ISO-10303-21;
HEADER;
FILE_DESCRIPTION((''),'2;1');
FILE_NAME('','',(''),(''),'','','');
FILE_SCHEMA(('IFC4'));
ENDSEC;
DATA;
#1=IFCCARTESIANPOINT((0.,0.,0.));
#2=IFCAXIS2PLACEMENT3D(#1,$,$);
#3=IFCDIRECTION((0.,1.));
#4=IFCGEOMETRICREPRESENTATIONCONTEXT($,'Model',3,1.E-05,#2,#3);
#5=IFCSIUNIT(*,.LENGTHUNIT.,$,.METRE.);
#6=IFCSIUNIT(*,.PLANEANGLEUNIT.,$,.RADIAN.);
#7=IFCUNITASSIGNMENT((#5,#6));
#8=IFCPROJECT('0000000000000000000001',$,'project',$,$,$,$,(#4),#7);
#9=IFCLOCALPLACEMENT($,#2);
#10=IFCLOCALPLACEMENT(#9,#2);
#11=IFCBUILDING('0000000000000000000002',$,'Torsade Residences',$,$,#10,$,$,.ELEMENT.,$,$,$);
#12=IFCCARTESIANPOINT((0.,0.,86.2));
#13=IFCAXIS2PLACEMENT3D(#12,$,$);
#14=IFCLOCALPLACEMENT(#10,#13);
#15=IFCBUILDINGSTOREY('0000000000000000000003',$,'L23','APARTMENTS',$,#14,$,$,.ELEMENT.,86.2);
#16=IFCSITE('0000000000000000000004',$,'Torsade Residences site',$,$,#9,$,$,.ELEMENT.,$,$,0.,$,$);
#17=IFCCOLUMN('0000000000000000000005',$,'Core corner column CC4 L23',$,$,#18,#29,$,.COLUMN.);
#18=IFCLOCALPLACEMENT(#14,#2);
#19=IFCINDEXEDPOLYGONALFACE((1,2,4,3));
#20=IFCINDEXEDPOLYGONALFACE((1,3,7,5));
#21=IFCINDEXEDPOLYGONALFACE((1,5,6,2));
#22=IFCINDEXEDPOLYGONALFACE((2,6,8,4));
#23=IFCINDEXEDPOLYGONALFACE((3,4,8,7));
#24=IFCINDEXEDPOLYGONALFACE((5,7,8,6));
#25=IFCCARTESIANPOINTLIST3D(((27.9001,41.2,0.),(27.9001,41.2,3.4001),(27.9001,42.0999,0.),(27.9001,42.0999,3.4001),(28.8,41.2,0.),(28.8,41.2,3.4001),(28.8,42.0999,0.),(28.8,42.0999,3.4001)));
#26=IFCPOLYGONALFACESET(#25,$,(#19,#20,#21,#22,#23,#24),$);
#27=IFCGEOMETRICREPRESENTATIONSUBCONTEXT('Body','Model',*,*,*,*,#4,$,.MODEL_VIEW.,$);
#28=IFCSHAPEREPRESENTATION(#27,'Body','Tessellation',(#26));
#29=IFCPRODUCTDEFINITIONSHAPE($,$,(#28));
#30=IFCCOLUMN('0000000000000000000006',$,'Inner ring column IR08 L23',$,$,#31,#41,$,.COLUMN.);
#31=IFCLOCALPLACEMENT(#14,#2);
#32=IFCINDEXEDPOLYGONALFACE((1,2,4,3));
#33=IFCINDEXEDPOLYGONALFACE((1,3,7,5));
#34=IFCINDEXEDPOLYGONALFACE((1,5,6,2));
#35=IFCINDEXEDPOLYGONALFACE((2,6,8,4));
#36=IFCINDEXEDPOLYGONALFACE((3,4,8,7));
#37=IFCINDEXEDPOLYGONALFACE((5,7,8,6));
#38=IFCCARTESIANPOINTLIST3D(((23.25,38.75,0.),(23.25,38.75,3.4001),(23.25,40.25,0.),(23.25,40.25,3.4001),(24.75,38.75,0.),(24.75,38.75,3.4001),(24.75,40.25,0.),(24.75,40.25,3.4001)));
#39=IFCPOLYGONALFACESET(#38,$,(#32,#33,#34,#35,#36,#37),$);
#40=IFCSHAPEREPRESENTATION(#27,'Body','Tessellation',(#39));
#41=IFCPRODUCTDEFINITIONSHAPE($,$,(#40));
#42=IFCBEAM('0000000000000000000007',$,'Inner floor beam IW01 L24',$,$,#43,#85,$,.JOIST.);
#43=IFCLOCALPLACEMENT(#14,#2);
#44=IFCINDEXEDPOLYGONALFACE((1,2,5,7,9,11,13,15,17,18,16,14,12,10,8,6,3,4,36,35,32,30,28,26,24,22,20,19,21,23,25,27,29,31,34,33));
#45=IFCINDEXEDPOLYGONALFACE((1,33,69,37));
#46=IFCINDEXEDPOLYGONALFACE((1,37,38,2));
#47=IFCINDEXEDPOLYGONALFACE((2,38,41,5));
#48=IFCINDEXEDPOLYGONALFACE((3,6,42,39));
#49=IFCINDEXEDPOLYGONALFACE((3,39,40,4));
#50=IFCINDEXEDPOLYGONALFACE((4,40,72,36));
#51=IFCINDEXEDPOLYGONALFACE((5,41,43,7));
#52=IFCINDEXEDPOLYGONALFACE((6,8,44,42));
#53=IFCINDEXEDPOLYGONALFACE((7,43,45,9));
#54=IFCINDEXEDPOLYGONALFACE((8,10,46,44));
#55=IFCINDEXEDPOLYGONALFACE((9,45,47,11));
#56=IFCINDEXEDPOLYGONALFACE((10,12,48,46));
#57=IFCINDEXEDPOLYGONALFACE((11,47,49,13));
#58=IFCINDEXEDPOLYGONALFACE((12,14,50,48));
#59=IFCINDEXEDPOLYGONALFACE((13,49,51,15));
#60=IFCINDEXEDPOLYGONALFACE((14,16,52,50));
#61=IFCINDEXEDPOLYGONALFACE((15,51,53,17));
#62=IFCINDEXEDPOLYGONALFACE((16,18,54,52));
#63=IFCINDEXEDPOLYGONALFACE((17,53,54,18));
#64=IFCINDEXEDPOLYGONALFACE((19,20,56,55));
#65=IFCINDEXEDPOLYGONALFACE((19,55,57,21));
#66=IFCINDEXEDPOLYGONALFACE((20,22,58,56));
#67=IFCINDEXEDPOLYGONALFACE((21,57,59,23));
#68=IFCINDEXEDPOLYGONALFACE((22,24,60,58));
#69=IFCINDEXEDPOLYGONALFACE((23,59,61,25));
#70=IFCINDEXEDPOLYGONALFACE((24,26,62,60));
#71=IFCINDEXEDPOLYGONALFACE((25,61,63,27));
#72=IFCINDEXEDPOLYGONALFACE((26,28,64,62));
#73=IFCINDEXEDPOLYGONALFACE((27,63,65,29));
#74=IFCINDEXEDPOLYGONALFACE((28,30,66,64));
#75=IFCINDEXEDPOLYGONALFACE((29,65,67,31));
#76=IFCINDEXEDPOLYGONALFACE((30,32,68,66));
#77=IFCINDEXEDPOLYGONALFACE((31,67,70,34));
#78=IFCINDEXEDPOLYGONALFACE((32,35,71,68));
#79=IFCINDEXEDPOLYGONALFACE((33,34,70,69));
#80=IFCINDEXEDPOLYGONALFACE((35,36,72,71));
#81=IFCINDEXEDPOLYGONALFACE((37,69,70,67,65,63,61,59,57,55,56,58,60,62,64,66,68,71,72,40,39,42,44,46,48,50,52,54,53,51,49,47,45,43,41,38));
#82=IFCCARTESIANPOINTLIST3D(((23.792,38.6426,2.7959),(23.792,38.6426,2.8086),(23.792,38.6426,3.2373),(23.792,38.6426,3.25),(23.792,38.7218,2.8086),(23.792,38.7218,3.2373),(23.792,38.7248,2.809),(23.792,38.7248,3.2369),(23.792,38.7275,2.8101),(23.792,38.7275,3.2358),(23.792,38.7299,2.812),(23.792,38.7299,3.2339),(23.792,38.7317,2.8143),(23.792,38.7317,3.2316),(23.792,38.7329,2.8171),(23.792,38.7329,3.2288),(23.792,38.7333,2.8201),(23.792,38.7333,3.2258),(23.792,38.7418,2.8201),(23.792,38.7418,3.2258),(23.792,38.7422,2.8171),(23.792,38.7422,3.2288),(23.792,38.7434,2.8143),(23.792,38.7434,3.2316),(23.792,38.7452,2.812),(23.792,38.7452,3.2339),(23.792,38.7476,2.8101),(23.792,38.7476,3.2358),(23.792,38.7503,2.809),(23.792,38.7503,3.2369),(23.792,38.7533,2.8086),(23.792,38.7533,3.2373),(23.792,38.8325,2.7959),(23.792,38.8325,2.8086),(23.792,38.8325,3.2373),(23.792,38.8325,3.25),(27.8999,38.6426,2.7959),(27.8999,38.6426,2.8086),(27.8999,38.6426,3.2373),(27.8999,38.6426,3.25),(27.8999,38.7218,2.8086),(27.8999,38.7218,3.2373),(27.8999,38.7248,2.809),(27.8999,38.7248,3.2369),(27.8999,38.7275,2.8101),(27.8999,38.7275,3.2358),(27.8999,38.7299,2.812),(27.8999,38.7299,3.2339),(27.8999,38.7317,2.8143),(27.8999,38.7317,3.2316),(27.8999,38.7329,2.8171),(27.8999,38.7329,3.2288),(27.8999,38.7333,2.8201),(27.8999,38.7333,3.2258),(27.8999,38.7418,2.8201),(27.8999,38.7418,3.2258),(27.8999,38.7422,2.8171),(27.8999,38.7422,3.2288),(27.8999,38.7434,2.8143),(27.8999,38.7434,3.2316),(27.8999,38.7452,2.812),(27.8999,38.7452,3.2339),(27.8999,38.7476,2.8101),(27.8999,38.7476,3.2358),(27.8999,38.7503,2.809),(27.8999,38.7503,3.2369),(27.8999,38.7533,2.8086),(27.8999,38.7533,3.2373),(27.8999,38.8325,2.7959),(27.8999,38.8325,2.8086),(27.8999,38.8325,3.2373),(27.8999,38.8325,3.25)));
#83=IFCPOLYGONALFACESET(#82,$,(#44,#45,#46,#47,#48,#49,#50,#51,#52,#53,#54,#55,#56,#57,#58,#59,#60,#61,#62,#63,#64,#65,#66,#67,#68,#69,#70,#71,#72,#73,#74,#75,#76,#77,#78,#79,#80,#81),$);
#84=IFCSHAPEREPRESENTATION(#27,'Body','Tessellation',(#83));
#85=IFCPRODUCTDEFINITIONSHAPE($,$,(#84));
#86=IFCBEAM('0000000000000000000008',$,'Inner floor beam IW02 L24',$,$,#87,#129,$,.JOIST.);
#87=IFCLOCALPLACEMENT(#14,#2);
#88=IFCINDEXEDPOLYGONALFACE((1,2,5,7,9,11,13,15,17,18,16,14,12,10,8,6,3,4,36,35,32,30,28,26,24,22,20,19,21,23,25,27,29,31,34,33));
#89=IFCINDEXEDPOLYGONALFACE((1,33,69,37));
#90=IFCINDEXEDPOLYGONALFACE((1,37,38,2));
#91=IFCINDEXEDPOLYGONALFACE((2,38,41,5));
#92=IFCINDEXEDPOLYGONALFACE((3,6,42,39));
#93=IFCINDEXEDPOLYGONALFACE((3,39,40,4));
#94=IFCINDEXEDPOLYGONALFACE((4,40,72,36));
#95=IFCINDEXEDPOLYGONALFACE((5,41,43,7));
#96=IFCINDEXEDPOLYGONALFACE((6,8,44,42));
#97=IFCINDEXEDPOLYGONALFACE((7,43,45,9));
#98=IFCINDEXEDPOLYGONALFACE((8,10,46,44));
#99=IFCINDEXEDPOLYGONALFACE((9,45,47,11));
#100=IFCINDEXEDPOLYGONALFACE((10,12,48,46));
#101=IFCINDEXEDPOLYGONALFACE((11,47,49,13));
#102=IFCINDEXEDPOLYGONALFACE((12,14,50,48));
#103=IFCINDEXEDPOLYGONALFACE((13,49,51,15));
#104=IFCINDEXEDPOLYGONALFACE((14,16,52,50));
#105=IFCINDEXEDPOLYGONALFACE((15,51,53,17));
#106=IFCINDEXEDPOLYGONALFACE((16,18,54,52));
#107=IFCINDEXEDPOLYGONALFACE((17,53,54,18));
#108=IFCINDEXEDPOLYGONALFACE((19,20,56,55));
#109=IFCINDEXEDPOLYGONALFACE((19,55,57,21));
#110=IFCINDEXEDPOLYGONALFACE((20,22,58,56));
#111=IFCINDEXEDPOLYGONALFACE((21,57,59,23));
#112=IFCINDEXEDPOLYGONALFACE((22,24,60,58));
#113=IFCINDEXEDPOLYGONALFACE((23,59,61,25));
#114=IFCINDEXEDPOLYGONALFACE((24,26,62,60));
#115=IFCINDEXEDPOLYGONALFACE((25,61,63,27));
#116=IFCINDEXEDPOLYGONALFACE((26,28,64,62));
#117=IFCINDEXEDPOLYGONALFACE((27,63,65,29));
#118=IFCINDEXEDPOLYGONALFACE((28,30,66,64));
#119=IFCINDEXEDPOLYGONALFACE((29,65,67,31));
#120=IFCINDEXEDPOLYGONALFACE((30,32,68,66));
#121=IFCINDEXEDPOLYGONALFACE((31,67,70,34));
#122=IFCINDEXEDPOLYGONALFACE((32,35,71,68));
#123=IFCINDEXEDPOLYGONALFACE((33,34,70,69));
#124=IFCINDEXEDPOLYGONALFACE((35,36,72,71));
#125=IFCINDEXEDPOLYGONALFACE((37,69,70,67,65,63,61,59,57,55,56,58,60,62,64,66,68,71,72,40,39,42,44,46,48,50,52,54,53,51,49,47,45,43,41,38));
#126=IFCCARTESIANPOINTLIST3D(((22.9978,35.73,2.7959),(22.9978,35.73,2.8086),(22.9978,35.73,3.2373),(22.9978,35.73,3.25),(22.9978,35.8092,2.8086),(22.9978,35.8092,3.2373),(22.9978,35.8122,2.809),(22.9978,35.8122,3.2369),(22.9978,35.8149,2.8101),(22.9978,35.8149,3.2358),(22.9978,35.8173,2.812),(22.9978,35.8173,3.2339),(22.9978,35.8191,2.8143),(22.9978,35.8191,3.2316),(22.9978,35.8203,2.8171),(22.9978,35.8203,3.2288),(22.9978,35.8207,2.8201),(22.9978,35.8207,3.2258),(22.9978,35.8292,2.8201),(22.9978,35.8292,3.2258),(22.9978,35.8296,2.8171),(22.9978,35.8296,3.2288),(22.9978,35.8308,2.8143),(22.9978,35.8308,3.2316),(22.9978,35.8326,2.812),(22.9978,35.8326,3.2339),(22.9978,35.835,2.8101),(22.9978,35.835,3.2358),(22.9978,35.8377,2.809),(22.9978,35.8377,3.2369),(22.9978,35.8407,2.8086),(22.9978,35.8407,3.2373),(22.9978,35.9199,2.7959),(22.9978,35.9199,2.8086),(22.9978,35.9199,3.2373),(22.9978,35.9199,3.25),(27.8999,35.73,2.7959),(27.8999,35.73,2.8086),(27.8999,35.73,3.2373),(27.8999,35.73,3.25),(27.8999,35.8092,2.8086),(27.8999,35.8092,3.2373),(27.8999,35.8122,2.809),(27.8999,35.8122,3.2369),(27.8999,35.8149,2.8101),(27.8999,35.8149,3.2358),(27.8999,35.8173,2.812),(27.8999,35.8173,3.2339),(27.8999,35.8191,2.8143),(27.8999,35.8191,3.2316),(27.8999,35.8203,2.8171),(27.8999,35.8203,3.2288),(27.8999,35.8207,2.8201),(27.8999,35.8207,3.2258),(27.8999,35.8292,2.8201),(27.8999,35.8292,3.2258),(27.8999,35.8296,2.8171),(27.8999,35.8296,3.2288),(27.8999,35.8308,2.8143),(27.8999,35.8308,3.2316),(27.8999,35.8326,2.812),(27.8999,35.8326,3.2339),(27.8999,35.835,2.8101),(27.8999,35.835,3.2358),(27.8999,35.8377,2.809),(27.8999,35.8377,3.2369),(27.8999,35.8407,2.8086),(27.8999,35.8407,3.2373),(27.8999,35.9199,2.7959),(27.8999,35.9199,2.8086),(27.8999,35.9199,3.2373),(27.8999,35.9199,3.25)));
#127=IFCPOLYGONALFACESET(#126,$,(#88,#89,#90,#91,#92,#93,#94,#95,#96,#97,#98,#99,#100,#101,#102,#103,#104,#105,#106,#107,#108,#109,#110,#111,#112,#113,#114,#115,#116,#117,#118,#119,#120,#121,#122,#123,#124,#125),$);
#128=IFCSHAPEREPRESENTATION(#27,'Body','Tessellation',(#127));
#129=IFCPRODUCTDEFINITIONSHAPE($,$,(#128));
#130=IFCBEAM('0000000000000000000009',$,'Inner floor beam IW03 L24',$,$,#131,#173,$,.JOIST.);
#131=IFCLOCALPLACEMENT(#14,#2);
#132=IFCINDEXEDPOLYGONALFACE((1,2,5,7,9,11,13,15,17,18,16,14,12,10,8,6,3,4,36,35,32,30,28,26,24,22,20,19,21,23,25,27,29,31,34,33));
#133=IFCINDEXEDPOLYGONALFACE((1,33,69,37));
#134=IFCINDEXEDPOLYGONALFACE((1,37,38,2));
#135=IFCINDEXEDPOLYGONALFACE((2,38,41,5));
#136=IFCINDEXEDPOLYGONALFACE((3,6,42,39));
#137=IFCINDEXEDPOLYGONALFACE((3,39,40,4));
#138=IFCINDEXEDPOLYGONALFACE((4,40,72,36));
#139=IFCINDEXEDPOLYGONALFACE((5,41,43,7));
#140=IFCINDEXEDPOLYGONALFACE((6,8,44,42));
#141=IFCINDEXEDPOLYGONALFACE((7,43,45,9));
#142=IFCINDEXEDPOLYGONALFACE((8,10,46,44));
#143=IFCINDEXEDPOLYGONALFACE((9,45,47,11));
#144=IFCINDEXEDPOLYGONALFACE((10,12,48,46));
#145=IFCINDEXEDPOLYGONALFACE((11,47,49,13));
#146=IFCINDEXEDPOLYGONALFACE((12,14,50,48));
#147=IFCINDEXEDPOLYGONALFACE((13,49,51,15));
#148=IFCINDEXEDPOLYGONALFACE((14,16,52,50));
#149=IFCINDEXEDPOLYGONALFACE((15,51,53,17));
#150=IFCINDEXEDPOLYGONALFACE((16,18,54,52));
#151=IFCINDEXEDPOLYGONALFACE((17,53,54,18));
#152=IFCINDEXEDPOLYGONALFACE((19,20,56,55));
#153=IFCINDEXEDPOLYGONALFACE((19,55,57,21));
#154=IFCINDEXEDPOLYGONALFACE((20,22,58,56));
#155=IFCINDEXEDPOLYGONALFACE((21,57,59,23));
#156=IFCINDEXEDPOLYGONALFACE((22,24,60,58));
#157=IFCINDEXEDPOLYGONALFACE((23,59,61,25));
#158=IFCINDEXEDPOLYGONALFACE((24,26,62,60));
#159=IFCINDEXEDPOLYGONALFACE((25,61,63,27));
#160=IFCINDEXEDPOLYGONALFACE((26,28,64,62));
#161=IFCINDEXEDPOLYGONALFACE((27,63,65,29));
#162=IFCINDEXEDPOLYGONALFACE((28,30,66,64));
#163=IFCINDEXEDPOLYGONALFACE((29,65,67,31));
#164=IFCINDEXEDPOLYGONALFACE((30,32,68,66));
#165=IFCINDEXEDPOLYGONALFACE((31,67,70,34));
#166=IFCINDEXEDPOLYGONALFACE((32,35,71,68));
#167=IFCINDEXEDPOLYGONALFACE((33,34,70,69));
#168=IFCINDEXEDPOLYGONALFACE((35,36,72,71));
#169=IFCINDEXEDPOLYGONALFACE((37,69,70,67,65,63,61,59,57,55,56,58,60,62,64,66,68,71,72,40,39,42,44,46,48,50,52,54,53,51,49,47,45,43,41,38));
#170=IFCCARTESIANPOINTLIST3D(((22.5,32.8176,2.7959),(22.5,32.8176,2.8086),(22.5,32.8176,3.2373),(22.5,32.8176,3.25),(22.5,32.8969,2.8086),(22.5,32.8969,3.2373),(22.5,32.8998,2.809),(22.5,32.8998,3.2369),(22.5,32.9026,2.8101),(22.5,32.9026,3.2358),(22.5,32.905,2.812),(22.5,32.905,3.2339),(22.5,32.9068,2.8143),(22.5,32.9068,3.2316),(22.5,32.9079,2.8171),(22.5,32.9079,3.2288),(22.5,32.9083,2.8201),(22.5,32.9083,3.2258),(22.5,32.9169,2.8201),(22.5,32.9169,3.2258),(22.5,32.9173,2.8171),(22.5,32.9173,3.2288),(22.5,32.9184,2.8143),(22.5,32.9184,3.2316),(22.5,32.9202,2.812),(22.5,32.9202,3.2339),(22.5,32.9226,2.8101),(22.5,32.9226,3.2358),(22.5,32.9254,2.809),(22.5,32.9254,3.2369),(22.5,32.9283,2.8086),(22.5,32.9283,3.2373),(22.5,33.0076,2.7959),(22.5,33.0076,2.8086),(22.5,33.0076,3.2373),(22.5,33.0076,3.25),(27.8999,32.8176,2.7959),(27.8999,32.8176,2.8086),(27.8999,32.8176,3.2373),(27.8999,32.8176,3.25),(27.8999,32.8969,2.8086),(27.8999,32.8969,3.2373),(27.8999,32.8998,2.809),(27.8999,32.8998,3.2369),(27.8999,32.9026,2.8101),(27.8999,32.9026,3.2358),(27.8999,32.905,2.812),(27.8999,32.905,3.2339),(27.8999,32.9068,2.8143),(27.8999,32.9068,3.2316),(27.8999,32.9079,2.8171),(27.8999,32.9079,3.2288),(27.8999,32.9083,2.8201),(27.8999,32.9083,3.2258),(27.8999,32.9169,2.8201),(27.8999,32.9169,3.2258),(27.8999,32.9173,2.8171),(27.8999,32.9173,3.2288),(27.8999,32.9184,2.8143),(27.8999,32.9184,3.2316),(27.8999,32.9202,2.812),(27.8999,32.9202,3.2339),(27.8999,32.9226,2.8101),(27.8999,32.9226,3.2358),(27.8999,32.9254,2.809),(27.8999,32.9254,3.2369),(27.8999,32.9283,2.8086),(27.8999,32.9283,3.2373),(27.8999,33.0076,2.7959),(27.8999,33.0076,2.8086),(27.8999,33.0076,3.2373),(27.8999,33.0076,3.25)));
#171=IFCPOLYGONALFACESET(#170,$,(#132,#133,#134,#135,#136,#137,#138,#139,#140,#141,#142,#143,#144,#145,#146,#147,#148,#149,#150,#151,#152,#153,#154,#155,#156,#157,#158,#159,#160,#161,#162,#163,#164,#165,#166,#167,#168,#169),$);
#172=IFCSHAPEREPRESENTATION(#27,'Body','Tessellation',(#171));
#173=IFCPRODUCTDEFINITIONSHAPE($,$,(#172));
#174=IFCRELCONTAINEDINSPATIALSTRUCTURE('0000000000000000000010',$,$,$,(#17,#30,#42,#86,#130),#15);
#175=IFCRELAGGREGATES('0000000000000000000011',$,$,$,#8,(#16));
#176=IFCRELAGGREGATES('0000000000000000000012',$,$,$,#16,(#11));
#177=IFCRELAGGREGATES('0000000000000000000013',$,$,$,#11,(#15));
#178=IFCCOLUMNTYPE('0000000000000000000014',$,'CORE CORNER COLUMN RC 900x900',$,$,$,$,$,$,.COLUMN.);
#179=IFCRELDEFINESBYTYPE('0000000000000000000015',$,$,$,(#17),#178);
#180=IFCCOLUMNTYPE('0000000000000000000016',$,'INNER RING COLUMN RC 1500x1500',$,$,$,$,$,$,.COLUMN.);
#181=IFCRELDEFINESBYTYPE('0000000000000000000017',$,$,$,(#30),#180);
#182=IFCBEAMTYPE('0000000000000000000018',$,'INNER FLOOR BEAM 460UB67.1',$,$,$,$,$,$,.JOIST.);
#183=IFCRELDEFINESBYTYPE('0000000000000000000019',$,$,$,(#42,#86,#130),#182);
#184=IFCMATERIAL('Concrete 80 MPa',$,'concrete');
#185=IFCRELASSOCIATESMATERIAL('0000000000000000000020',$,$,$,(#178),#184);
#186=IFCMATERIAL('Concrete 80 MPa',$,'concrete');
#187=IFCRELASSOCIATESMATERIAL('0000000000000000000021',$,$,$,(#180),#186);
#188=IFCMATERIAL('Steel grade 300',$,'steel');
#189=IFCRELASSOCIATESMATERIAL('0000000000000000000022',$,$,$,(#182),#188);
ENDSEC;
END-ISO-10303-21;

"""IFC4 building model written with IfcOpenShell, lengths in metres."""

from ifc_helpers import new_model, si_unit, direction, frame, origin, origin_2d, place, context, subcontext, project, spatial, rectangle, i_section, extrude, material, material_profile, profile_set, type_object, element, save


model = new_model("IFC4")

# Units and contexts
model_context = context("Model", 3, precision=1e-05, world=origin(), true_north=direction((0.0, 1.0)))
body_context = subcontext(model_context, "Body", "Model", "MODEL_VIEW")
ifc_project = project(units=[si_unit("LENGTHUNIT", "METRE"), si_unit("PLANEANGLEUNIT", "RADIAN")], contexts=[model_context])

# Site, building, storey
site_placement = place(None, origin())
site = spatial("IfcSite", under=ifc_project, at=site_placement, Name="Torsade Residences site", CompositionType="ELEMENT", RefElevation=0.0)
building_placement = place(site_placement, origin())
building = spatial("IfcBuilding", under=site, at=building_placement, Name="Torsade Residences", CompositionType="ELEMENT")
storey_placement = place(building_placement, frame((0.0, 0.0, 86.2)))
storey = spatial("IfcBuildingStorey", under=building, at=storey_placement, Name="L23", Description="APARTMENTS", CompositionType="ELEMENT", Elevation=86.2)

# Columns
ifc_material_1 = material(Name="Concrete 80 MPa", Category="concrete")
ifc_material_profile_1 = material_profile(ifc_material_1, rectangle(XDim=0.8999, YDim=0.8999, at=origin_2d()), Name="RC 900x900")
ifc_profile_set_1 = profile_set([ifc_material_profile_1], Name="Concrete 80 MPa")
column_type_1 = type_object("IfcColumnType", Name="CORE CORNER COLUMN RC 900x900", PredefinedType="COLUMN", material=ifc_profile_set_1)
column_1_placement = place(storey_placement, frame((28.3501, 41.6499, 0.0), z_axis=(0.0, 0.0, 1.0), x_axis=(1.0, 0.0, 0.0)))
element("IfcColumn", 1, at=column_1_placement, inside=storey, type_object=column_type_1, Name="Core corner column CC4 L23", PredefinedType="COLUMN", context=body_context, shape_type="SweptSolid", body=[
    extrude(rectangle(XDim=0.8999, YDim=0.8999, at=origin_2d()), origin(), (0.0, 0.0, 1.0), 3.4001),
])
ifc_material_2 = material(Name="Concrete 80 MPa", Category="concrete")
ifc_material_profile_2 = material_profile(ifc_material_2, rectangle(XDim=1.5, YDim=1.5, at=origin_2d()), Name="RC 1500x1500")
ifc_profile_set_2 = profile_set([ifc_material_profile_2], Name="Concrete 80 MPa")
column_type_2 = type_object("IfcColumnType", Name="INNER RING COLUMN RC 1500x1500", PredefinedType="COLUMN", material=ifc_profile_set_2)
column_2_placement = place(storey_placement, frame((24.0, 39.5, 0.0), z_axis=(0.0, 0.0, 1.0), x_axis=(1.0, 0.0, 0.0)))
element("IfcColumn", 2, at=column_2_placement, inside=storey, type_object=column_type_2, Name="Inner ring column IR08 L23", PredefinedType="COLUMN", context=body_context, shape_type="SweptSolid", body=[
    extrude(rectangle(XDim=1.5, YDim=1.5, at=origin_2d()), origin(), (0.0, 0.0, 1.0), 3.4001),
])

# Beams
ifc_material_3 = material(Name="Steel grade 300", Category="steel")
ifc_material_profile_3 = material_profile(ifc_material_3, i_section(OverallWidth=0.1899, OverallDepth=0.4541, WebThickness=0.0085, FlangeThickness=0.0127, FilletRadius=0.0115, at=origin_2d()), Name="460UB67.1")
ifc_profile_set_3 = profile_set([ifc_material_profile_3], Name="Steel grade 300")
beam_type_1 = type_object("IfcBeamType", Name="INNER FLOOR BEAM 460UB67.1", PredefinedType="JOIST", material=ifc_profile_set_3)
beam_1_placement = place(storey_placement, frame((27.8999, 38.7375, 3.0229), z_axis=(-1.0, 0.0, 0.0), x_axis=(0.0, -1.0, 0.0)))
element("IfcBeam", 3, at=beam_1_placement, inside=storey, type_object=beam_type_1, Name="Inner floor beam IW01 L24", PredefinedType="JOIST", context=body_context, shape_type="SweptSolid", body=[
    extrude(i_section(OverallWidth=0.1899, OverallDepth=0.4541, WebThickness=0.0085, FlangeThickness=0.0127, FilletRadius=0.0115, at=origin_2d()), origin(), (0.0, 0.0, 1.0), 4.1079),
])
beam_2_placement = place(storey_placement, frame((27.8999, 35.825, 3.0229), z_axis=(-1.0, 0.0, 0.0), x_axis=(0.0, -1.0, 0.0)))
element("IfcBeam", 4, at=beam_2_placement, inside=storey, type_object=beam_type_1, Name="Inner floor beam IW02 L24", PredefinedType="JOIST", context=body_context, shape_type="SweptSolid", body=[
    extrude(i_section(OverallWidth=0.1899, OverallDepth=0.4541, WebThickness=0.0085, FlangeThickness=0.0127, FilletRadius=0.0115, at=origin_2d()), origin(), (0.0, 0.0, 1.0), 4.9021),
])
for number, where, z_axis, x_axis, name in (
    (5, (27.8999, 32.9126, 3.0229), (-1.0, 0.0, 0.0), (0.0, -1.0, 0.0), "Inner floor beam IW03 L24"),
):
    element("IfcBeam", number, at=place(storey_placement, frame(where, z_axis=z_axis, x_axis=x_axis)), inside=storey, type_object=beam_type_1, Name=name, PredefinedType="JOIST", context=body_context, shape_type="SweptSolid", body=[
        extrude(i_section(OverallWidth=0.1899, OverallDepth=0.4541, WebThickness=0.0085, FlangeThickness=0.0127, FilletRadius=0.0115, at=origin_2d()), origin(), (0.0, 0.0, 1.0), 5.3999),
    ])

save(model, "model.ifc")
